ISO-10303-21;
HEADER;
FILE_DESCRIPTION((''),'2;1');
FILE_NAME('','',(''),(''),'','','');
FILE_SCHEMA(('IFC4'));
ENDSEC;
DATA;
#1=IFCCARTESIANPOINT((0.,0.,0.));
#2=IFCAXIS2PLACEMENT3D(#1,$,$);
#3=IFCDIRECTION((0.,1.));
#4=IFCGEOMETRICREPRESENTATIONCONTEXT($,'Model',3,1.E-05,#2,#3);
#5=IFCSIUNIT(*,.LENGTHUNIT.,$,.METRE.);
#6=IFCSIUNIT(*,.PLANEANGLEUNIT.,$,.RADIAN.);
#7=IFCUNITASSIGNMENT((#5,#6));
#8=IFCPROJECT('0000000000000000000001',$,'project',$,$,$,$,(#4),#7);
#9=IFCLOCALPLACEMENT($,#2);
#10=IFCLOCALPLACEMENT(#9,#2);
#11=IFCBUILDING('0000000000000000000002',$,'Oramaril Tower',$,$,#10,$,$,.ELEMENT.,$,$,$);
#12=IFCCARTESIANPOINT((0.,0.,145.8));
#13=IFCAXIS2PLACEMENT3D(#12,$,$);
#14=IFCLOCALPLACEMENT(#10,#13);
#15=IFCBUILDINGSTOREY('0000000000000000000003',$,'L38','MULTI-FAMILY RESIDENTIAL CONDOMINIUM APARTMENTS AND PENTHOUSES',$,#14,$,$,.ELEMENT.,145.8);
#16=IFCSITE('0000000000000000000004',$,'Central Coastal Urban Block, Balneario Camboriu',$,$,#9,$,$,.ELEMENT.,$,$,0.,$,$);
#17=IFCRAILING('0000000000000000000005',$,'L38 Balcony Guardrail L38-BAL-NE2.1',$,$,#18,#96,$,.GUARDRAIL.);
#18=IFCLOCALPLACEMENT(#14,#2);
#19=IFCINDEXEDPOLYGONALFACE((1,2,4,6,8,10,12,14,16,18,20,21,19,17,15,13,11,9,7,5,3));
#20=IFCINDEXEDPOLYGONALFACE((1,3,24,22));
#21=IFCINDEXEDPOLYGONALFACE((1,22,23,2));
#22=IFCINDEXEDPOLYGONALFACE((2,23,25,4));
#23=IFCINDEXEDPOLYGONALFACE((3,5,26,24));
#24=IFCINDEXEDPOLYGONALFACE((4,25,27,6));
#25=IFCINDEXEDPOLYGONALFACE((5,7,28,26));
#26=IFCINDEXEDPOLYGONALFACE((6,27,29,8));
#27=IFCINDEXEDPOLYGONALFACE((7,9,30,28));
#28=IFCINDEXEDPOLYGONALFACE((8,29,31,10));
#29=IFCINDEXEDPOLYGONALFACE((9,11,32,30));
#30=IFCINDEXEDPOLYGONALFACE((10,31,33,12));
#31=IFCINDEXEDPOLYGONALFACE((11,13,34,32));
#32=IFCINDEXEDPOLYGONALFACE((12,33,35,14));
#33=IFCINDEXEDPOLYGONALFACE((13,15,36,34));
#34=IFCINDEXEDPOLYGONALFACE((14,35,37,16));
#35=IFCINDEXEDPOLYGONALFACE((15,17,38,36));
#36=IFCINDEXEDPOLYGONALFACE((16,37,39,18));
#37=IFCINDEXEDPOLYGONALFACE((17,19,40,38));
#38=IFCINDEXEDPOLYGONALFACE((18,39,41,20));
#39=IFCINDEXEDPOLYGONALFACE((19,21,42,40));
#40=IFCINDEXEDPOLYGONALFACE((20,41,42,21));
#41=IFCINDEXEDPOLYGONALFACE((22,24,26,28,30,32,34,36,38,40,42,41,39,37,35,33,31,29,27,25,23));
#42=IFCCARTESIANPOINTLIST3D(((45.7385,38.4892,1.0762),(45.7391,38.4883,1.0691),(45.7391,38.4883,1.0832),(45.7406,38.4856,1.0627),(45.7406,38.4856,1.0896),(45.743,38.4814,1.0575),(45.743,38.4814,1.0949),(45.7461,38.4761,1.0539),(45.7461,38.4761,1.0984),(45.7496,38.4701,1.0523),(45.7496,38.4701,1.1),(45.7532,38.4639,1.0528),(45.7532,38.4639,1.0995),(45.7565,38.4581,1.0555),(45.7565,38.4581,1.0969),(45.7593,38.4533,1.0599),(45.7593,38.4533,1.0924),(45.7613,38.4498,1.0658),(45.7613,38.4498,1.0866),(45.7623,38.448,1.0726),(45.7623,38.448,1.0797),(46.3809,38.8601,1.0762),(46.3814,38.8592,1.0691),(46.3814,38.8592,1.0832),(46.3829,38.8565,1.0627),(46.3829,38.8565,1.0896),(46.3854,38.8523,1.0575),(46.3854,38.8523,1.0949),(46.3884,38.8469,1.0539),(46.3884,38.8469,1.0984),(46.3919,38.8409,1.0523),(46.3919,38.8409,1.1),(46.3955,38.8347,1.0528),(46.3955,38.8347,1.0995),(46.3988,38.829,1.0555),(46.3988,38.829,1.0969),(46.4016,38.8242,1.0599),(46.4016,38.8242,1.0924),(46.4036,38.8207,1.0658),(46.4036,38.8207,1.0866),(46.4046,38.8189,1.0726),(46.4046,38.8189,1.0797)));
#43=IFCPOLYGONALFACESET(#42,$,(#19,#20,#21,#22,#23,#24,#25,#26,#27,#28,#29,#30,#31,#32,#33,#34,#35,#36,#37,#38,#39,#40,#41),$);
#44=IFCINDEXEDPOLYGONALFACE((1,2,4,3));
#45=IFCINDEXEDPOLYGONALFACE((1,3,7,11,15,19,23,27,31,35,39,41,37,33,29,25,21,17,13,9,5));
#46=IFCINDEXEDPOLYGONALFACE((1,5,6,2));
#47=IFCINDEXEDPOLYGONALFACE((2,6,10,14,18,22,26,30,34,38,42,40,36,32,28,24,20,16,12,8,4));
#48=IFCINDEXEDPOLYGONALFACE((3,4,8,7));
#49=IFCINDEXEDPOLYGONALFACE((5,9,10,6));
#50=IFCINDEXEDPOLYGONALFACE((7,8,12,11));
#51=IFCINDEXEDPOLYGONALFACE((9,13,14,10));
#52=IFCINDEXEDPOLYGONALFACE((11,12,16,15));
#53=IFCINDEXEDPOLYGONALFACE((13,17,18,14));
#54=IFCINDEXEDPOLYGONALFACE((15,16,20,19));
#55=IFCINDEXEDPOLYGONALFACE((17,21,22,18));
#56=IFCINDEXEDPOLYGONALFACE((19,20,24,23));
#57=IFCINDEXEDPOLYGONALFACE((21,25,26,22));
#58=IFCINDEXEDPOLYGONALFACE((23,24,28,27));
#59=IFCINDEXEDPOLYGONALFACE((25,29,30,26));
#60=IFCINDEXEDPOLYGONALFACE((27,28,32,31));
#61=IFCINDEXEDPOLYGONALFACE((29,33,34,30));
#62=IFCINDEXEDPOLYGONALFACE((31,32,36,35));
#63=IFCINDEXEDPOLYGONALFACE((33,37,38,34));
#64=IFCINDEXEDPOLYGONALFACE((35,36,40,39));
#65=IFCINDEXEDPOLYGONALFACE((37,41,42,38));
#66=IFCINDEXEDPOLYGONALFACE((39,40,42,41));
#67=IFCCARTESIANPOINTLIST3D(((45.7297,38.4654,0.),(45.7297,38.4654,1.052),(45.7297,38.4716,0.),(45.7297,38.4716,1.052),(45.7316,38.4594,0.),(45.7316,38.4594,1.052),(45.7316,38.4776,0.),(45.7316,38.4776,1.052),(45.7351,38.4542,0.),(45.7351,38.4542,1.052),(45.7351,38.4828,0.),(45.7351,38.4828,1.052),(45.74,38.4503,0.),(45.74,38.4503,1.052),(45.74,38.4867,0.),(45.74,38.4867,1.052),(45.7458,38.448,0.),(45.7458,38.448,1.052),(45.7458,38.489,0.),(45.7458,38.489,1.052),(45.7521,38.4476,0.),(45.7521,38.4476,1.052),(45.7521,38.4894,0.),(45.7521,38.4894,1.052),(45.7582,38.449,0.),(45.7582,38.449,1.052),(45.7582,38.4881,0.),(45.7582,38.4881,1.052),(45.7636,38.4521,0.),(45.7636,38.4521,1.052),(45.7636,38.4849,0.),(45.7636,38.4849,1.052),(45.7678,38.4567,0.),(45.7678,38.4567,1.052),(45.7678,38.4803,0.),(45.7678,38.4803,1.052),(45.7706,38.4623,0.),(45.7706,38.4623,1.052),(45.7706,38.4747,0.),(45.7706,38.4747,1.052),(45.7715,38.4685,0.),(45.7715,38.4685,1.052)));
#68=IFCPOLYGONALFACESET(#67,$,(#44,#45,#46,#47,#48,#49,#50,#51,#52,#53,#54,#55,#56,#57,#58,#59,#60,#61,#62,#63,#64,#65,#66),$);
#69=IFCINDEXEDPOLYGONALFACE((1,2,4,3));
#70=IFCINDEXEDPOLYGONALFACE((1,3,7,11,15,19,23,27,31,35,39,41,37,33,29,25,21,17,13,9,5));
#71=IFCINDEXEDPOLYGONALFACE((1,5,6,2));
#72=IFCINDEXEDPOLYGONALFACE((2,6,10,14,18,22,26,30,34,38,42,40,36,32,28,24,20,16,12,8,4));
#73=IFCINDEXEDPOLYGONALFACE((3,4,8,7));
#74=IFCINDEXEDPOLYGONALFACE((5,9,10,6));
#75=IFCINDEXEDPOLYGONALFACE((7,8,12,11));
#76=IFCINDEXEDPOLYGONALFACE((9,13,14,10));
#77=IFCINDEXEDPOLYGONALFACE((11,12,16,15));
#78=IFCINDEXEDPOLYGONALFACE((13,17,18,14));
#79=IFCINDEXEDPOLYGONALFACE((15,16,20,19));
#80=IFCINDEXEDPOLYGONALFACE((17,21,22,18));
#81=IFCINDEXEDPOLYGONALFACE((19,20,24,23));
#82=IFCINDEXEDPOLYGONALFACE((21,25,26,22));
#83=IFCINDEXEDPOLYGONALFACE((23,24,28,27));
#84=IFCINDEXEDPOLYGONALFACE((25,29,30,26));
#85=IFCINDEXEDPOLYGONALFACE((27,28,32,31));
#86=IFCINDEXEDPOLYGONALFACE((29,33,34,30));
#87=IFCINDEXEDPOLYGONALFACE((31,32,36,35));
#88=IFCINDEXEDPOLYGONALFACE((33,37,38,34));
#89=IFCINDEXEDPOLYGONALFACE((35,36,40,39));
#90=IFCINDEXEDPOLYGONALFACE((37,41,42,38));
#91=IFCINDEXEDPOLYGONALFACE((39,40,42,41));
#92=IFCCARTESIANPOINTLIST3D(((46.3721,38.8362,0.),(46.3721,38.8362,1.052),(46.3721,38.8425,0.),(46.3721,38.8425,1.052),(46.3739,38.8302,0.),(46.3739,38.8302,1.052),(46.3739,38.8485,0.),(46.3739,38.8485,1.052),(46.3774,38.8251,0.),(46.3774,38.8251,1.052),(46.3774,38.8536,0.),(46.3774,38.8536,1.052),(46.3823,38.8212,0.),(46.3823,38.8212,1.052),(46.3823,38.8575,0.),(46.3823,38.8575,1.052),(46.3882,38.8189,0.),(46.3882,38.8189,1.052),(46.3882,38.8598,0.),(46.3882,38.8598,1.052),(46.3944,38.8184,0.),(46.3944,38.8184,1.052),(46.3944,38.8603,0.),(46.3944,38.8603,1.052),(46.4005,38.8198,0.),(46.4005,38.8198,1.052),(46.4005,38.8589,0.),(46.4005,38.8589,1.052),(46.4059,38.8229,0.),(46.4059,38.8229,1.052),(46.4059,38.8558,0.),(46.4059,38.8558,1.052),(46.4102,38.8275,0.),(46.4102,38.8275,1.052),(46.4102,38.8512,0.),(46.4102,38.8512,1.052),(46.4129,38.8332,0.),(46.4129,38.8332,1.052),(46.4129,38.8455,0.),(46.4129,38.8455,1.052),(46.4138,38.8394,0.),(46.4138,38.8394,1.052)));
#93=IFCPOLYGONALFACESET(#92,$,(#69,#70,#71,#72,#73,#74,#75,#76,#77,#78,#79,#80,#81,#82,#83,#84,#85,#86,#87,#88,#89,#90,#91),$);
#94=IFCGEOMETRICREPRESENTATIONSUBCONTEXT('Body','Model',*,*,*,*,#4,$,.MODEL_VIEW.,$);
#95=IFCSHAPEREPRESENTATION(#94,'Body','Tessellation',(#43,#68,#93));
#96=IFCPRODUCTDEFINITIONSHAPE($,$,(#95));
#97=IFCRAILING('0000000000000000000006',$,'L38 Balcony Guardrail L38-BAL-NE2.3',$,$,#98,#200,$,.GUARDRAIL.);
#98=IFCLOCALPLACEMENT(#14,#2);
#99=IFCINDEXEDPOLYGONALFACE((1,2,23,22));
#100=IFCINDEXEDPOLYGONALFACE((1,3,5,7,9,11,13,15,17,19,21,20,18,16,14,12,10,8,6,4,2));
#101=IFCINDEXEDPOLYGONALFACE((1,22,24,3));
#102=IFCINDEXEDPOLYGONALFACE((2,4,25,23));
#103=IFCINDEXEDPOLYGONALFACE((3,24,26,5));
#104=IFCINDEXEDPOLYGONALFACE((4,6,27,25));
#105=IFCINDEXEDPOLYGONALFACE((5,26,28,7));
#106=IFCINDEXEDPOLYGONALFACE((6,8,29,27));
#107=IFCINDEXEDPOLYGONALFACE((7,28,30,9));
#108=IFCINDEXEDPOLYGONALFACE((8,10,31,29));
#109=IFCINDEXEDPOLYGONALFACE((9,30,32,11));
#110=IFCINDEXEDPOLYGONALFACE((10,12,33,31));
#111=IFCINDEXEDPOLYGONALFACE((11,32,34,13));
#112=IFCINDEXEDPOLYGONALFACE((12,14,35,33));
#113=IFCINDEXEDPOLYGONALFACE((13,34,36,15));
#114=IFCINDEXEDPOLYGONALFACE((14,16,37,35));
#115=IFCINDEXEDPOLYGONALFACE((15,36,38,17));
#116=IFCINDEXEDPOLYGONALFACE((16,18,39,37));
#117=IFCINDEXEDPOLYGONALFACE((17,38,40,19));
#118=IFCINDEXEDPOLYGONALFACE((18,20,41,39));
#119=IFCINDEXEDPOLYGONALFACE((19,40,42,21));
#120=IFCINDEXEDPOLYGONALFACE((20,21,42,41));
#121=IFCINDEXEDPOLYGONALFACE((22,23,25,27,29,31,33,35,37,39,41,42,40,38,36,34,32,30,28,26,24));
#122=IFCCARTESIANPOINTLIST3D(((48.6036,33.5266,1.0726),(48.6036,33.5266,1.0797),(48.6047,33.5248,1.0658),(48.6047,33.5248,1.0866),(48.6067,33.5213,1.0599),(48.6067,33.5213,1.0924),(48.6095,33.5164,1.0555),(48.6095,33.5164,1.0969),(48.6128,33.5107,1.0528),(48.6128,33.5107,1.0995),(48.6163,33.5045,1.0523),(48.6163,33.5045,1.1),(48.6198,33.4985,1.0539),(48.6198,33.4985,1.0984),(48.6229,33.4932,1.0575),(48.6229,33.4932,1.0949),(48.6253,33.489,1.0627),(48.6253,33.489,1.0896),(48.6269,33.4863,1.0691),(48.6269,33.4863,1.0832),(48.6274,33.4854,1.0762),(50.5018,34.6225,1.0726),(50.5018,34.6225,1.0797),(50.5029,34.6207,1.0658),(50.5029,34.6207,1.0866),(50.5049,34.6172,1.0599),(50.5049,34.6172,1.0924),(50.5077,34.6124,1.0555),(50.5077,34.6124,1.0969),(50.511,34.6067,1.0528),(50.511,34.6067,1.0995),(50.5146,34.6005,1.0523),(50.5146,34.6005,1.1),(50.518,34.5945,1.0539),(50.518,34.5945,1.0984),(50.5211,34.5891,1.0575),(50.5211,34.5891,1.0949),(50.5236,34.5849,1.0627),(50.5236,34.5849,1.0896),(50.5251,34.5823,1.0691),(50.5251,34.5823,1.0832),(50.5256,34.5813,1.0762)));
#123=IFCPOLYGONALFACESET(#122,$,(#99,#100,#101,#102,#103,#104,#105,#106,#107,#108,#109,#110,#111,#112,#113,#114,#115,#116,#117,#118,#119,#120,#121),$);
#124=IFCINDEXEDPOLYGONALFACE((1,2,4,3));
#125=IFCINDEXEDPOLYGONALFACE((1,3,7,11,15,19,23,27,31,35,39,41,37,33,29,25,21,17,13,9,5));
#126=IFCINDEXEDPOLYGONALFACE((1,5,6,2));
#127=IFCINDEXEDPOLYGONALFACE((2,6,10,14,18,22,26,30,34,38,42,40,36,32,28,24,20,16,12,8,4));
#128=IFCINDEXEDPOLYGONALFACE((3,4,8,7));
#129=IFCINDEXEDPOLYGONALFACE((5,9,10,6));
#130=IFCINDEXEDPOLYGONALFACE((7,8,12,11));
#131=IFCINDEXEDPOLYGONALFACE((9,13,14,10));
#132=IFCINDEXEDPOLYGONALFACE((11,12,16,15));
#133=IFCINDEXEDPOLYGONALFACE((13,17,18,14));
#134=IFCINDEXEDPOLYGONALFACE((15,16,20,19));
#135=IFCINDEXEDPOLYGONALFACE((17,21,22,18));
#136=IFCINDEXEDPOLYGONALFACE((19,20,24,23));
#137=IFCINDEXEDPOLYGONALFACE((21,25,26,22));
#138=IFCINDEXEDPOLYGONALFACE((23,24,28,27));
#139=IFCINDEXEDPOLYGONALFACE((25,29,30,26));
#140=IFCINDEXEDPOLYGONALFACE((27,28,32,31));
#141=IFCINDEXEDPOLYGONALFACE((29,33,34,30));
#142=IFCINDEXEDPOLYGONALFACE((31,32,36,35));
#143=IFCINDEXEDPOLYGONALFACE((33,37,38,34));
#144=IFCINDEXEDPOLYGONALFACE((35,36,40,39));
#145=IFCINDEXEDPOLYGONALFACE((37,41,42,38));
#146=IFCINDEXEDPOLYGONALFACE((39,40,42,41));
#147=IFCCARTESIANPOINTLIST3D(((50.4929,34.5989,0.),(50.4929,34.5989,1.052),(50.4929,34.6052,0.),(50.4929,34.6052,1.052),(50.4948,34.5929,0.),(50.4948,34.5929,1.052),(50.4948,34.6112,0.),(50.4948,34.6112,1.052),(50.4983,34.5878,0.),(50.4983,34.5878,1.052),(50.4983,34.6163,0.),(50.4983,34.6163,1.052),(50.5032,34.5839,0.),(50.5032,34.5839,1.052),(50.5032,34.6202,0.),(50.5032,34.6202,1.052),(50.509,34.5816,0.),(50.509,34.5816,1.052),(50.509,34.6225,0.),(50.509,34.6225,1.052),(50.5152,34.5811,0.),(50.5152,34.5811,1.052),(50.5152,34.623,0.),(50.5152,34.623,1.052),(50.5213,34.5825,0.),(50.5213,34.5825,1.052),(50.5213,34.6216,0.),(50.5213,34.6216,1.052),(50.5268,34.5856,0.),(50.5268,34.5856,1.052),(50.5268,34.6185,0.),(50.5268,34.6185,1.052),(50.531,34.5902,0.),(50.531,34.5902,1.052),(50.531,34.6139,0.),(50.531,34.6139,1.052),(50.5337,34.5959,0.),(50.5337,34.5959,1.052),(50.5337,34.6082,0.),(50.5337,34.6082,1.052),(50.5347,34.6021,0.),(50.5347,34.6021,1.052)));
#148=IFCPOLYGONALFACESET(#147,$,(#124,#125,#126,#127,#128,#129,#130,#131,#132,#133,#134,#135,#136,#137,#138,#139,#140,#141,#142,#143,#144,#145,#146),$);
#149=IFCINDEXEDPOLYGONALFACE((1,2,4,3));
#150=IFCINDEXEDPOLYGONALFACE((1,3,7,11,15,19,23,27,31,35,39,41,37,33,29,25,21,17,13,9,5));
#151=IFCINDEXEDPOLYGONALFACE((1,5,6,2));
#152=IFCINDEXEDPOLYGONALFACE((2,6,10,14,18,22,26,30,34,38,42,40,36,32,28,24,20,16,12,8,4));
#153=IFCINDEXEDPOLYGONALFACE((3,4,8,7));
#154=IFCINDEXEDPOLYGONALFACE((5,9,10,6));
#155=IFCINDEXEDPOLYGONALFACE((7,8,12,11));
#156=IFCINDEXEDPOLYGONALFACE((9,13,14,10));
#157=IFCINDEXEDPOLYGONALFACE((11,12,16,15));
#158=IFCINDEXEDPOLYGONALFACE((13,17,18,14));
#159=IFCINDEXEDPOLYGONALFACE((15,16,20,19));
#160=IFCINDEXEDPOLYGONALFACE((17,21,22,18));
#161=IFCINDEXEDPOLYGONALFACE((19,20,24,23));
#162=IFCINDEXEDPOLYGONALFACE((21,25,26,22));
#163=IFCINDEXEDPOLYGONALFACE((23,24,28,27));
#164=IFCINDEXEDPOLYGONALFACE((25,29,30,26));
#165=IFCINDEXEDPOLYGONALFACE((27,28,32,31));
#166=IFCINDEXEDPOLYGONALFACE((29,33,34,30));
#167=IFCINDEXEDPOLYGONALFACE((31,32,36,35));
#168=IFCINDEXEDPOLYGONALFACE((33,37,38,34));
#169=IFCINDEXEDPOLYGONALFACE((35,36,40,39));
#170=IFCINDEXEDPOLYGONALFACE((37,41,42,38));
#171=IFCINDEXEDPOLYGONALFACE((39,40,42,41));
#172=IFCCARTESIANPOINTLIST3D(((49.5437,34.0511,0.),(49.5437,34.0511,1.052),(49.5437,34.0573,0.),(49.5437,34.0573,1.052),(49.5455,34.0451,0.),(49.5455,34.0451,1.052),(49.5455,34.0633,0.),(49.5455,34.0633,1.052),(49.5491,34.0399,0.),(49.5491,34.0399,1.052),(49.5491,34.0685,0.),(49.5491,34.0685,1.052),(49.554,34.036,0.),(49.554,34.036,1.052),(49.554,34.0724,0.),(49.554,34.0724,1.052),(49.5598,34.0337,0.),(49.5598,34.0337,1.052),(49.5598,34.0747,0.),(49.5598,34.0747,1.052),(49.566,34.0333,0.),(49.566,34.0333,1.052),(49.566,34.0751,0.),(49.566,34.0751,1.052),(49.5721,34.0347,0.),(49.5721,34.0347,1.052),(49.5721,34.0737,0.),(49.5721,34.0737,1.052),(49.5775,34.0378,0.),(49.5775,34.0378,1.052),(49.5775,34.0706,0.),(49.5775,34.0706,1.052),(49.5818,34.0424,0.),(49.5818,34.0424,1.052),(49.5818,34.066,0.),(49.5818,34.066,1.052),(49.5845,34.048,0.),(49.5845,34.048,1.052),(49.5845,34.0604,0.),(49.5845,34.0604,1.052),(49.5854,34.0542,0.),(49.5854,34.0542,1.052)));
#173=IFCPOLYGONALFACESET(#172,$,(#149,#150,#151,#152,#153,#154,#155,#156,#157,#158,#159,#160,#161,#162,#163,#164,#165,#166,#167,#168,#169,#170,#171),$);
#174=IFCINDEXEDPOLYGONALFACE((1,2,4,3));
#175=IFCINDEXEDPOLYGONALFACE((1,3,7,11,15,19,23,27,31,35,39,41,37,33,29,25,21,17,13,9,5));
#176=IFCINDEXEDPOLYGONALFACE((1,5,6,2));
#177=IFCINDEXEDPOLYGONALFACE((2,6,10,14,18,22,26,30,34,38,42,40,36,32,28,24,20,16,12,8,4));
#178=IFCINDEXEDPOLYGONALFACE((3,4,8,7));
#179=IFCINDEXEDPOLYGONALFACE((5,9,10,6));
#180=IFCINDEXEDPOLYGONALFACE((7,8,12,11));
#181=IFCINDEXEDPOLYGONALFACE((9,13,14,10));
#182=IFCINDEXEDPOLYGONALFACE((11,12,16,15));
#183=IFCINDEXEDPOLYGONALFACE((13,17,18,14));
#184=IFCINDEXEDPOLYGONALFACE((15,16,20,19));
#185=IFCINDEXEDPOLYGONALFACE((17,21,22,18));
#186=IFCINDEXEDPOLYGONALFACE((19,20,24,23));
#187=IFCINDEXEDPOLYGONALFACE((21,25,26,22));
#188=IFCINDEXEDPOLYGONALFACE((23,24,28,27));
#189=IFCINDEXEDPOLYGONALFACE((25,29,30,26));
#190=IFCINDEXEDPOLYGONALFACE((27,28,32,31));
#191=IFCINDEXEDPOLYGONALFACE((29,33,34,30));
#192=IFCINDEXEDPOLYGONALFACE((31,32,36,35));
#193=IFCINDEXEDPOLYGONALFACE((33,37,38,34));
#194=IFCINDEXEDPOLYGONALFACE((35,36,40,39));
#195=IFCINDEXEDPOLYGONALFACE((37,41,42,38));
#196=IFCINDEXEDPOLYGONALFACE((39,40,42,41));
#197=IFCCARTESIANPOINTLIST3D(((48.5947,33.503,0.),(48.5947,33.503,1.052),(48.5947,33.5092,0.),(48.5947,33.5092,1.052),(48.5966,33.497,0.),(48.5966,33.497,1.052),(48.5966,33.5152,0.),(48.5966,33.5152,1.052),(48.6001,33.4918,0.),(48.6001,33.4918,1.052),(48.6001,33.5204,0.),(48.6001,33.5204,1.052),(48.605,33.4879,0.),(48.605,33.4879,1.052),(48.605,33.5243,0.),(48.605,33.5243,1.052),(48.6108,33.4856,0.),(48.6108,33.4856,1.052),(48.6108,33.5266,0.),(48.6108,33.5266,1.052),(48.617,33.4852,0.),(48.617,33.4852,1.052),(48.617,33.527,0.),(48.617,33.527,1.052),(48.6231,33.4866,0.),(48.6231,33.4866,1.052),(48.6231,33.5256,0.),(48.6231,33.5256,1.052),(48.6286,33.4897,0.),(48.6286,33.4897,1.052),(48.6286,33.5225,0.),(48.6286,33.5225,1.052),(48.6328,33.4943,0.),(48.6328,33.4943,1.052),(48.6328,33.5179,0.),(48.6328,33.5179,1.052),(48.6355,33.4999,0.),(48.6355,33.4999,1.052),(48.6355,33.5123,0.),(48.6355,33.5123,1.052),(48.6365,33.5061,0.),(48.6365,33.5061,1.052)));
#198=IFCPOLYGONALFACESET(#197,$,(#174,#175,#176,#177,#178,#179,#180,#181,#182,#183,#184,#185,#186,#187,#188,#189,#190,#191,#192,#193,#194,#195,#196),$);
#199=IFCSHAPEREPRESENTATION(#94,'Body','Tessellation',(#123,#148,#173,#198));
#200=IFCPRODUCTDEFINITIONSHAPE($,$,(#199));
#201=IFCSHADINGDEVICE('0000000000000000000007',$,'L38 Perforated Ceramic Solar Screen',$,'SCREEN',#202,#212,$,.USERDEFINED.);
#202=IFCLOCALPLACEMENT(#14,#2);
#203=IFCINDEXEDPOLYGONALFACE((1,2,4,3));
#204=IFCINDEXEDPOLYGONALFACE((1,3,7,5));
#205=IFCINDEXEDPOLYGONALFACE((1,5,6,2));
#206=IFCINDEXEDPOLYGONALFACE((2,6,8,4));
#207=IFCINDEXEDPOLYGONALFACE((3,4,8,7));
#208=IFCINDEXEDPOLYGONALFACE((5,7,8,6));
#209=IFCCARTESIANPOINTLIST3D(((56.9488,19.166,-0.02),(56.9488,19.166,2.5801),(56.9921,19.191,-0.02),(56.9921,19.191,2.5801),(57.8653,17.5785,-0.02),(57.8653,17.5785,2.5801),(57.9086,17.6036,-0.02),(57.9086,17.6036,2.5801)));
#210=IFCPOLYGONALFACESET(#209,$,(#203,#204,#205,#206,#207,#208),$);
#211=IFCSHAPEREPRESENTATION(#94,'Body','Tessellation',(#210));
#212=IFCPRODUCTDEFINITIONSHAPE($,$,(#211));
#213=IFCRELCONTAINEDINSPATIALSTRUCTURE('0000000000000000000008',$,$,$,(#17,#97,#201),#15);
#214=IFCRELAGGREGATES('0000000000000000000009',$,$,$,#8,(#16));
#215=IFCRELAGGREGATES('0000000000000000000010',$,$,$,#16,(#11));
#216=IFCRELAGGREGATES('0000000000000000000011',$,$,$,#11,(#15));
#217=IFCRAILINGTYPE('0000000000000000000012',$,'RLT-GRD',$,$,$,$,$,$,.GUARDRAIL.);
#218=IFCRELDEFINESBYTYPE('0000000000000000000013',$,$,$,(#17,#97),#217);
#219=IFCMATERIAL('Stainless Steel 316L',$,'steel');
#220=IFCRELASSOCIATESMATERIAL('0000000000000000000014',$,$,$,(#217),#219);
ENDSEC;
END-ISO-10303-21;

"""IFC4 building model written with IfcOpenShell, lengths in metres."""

from ifc_helpers import new_model, si_unit, direction, frame, origin, origin_2d, place, context, subcontext, project, spatial, rectangle, circle, extrude, material, type_object, element, save


model = new_model("IFC4")

# Units and contexts
model_context = context("Model", 3, precision=1e-05, world=origin(), true_north=direction((0.0, 1.0)))
body_context = subcontext(model_context, "Body", "Model", "MODEL_VIEW")
ifc_project = project(units=[si_unit("LENGTHUNIT", "METRE"), si_unit("PLANEANGLEUNIT", "RADIAN")], contexts=[model_context])

# Site, building, storey
site_placement = place(None, origin())
site = spatial("IfcSite", under=ifc_project, at=site_placement, Name="Central Coastal Urban Block, Balneario Camboriu", CompositionType="ELEMENT", RefElevation=0.0)
building_placement = place(site_placement, origin())
building = spatial("IfcBuilding", under=site, at=building_placement, Name="Oramaril Tower", CompositionType="ELEMENT")
storey_placement = place(building_placement, frame((0.0, 0.0, 145.8)))
storey = spatial("IfcBuildingStorey", under=building, at=storey_placement, Name="L38", Description="MULTI-FAMILY RESIDENTIAL CONDOMINIUM APARTMENTS AND PENTHOUSES", CompositionType="ELEMENT", Elevation=145.8)

# Railings
ifc_material_1 = material(Name="Stainless Steel 316L", Category="steel")
railing_type = type_object("IfcRailingType", Name="RLT-GRD", PredefinedType="GUARDRAIL", material=ifc_material_1)
railing_1_placement = place(storey_placement, frame((45.7505, 38.4685, 0.0)))
element("IfcRailing", 1, at=railing_1_placement, inside=storey, type_object=railing_type, Name="L38 Balcony Guardrail L38-BAL-NE2.1", PredefinedType="GUARDRAIL", context=body_context, shape_type="SweptSolid", body=[
    extrude(circle(Radius=0.0239, at=origin_2d()), frame((0.0, 0.0, 1.0762), z_axis=(0.866027, 0.499998, 0.0), x_axis=(-0.499998, 0.866027, 0.0)), (0.0, 0.0, 1.0), 0.7417),
    extrude(circle(Radius=0.021, at=origin_2d()), origin(), (0.0, 0.0, 1.0), 1.052),
    extrude(circle(Radius=0.021, at=origin_2d()), frame((0.6423, 0.3708, 0.0)), (0.0, 0.0, 1.0), 1.052),
])
railing_2_placement = place(storey_placement, frame((50.5137, 34.6021, 0.0)))
element("IfcRailing", 2, at=railing_2_placement, inside=storey, type_object=railing_type, Name="L38 Balcony Guardrail L38-BAL-NE2.3", PredefinedType="GUARDRAIL", context=body_context, shape_type="SweptSolid", body=[
    extrude(circle(Radius=0.0239, at=origin_2d()), frame((0.0, 0.0, 1.0762), z_axis=(-0.866021, -0.500008, 0.0), x_axis=(0.500008, -0.866021, 0.0)), (0.0, 0.0, 1.0), 2.1919),
    extrude(circle(Radius=0.021, at=origin_2d()), origin(), (0.0, 0.0, 1.0), 1.052),
    extrude(circle(Radius=0.021, at=origin_2d()), frame((-0.9492, -0.5479, 0.0)), (0.0, 0.0, 1.0), 1.052),
    extrude(circle(Radius=0.021, at=origin_2d()), frame((-1.8982, -1.0959, 0.0)), (0.0, 0.0, 1.0), 1.052),
])

# Shading device
for number, where, z_axis, x_axis, name in (
    (3, (57.4287, 18.3848, -0.02), (0.0, 0.0, 1.0), (-0.499998, 0.866026, 0.0), "L38 Perforated Ceramic Solar Screen"),
):
    element("IfcShadingDevice", number, at=place(storey_placement, frame(where, z_axis=z_axis, x_axis=x_axis)), inside=storey, Name=name, ObjectType="SCREEN", PredefinedType="USERDEFINED", context=body_context, shape_type="SweptSolid", body=[
        extrude(rectangle(XDim=1.833, YDim=0.05, at=origin_2d()), origin(), (0.0, 0.0, 1.0), 2.6001),
    ])

save(model, "model.ifc")
